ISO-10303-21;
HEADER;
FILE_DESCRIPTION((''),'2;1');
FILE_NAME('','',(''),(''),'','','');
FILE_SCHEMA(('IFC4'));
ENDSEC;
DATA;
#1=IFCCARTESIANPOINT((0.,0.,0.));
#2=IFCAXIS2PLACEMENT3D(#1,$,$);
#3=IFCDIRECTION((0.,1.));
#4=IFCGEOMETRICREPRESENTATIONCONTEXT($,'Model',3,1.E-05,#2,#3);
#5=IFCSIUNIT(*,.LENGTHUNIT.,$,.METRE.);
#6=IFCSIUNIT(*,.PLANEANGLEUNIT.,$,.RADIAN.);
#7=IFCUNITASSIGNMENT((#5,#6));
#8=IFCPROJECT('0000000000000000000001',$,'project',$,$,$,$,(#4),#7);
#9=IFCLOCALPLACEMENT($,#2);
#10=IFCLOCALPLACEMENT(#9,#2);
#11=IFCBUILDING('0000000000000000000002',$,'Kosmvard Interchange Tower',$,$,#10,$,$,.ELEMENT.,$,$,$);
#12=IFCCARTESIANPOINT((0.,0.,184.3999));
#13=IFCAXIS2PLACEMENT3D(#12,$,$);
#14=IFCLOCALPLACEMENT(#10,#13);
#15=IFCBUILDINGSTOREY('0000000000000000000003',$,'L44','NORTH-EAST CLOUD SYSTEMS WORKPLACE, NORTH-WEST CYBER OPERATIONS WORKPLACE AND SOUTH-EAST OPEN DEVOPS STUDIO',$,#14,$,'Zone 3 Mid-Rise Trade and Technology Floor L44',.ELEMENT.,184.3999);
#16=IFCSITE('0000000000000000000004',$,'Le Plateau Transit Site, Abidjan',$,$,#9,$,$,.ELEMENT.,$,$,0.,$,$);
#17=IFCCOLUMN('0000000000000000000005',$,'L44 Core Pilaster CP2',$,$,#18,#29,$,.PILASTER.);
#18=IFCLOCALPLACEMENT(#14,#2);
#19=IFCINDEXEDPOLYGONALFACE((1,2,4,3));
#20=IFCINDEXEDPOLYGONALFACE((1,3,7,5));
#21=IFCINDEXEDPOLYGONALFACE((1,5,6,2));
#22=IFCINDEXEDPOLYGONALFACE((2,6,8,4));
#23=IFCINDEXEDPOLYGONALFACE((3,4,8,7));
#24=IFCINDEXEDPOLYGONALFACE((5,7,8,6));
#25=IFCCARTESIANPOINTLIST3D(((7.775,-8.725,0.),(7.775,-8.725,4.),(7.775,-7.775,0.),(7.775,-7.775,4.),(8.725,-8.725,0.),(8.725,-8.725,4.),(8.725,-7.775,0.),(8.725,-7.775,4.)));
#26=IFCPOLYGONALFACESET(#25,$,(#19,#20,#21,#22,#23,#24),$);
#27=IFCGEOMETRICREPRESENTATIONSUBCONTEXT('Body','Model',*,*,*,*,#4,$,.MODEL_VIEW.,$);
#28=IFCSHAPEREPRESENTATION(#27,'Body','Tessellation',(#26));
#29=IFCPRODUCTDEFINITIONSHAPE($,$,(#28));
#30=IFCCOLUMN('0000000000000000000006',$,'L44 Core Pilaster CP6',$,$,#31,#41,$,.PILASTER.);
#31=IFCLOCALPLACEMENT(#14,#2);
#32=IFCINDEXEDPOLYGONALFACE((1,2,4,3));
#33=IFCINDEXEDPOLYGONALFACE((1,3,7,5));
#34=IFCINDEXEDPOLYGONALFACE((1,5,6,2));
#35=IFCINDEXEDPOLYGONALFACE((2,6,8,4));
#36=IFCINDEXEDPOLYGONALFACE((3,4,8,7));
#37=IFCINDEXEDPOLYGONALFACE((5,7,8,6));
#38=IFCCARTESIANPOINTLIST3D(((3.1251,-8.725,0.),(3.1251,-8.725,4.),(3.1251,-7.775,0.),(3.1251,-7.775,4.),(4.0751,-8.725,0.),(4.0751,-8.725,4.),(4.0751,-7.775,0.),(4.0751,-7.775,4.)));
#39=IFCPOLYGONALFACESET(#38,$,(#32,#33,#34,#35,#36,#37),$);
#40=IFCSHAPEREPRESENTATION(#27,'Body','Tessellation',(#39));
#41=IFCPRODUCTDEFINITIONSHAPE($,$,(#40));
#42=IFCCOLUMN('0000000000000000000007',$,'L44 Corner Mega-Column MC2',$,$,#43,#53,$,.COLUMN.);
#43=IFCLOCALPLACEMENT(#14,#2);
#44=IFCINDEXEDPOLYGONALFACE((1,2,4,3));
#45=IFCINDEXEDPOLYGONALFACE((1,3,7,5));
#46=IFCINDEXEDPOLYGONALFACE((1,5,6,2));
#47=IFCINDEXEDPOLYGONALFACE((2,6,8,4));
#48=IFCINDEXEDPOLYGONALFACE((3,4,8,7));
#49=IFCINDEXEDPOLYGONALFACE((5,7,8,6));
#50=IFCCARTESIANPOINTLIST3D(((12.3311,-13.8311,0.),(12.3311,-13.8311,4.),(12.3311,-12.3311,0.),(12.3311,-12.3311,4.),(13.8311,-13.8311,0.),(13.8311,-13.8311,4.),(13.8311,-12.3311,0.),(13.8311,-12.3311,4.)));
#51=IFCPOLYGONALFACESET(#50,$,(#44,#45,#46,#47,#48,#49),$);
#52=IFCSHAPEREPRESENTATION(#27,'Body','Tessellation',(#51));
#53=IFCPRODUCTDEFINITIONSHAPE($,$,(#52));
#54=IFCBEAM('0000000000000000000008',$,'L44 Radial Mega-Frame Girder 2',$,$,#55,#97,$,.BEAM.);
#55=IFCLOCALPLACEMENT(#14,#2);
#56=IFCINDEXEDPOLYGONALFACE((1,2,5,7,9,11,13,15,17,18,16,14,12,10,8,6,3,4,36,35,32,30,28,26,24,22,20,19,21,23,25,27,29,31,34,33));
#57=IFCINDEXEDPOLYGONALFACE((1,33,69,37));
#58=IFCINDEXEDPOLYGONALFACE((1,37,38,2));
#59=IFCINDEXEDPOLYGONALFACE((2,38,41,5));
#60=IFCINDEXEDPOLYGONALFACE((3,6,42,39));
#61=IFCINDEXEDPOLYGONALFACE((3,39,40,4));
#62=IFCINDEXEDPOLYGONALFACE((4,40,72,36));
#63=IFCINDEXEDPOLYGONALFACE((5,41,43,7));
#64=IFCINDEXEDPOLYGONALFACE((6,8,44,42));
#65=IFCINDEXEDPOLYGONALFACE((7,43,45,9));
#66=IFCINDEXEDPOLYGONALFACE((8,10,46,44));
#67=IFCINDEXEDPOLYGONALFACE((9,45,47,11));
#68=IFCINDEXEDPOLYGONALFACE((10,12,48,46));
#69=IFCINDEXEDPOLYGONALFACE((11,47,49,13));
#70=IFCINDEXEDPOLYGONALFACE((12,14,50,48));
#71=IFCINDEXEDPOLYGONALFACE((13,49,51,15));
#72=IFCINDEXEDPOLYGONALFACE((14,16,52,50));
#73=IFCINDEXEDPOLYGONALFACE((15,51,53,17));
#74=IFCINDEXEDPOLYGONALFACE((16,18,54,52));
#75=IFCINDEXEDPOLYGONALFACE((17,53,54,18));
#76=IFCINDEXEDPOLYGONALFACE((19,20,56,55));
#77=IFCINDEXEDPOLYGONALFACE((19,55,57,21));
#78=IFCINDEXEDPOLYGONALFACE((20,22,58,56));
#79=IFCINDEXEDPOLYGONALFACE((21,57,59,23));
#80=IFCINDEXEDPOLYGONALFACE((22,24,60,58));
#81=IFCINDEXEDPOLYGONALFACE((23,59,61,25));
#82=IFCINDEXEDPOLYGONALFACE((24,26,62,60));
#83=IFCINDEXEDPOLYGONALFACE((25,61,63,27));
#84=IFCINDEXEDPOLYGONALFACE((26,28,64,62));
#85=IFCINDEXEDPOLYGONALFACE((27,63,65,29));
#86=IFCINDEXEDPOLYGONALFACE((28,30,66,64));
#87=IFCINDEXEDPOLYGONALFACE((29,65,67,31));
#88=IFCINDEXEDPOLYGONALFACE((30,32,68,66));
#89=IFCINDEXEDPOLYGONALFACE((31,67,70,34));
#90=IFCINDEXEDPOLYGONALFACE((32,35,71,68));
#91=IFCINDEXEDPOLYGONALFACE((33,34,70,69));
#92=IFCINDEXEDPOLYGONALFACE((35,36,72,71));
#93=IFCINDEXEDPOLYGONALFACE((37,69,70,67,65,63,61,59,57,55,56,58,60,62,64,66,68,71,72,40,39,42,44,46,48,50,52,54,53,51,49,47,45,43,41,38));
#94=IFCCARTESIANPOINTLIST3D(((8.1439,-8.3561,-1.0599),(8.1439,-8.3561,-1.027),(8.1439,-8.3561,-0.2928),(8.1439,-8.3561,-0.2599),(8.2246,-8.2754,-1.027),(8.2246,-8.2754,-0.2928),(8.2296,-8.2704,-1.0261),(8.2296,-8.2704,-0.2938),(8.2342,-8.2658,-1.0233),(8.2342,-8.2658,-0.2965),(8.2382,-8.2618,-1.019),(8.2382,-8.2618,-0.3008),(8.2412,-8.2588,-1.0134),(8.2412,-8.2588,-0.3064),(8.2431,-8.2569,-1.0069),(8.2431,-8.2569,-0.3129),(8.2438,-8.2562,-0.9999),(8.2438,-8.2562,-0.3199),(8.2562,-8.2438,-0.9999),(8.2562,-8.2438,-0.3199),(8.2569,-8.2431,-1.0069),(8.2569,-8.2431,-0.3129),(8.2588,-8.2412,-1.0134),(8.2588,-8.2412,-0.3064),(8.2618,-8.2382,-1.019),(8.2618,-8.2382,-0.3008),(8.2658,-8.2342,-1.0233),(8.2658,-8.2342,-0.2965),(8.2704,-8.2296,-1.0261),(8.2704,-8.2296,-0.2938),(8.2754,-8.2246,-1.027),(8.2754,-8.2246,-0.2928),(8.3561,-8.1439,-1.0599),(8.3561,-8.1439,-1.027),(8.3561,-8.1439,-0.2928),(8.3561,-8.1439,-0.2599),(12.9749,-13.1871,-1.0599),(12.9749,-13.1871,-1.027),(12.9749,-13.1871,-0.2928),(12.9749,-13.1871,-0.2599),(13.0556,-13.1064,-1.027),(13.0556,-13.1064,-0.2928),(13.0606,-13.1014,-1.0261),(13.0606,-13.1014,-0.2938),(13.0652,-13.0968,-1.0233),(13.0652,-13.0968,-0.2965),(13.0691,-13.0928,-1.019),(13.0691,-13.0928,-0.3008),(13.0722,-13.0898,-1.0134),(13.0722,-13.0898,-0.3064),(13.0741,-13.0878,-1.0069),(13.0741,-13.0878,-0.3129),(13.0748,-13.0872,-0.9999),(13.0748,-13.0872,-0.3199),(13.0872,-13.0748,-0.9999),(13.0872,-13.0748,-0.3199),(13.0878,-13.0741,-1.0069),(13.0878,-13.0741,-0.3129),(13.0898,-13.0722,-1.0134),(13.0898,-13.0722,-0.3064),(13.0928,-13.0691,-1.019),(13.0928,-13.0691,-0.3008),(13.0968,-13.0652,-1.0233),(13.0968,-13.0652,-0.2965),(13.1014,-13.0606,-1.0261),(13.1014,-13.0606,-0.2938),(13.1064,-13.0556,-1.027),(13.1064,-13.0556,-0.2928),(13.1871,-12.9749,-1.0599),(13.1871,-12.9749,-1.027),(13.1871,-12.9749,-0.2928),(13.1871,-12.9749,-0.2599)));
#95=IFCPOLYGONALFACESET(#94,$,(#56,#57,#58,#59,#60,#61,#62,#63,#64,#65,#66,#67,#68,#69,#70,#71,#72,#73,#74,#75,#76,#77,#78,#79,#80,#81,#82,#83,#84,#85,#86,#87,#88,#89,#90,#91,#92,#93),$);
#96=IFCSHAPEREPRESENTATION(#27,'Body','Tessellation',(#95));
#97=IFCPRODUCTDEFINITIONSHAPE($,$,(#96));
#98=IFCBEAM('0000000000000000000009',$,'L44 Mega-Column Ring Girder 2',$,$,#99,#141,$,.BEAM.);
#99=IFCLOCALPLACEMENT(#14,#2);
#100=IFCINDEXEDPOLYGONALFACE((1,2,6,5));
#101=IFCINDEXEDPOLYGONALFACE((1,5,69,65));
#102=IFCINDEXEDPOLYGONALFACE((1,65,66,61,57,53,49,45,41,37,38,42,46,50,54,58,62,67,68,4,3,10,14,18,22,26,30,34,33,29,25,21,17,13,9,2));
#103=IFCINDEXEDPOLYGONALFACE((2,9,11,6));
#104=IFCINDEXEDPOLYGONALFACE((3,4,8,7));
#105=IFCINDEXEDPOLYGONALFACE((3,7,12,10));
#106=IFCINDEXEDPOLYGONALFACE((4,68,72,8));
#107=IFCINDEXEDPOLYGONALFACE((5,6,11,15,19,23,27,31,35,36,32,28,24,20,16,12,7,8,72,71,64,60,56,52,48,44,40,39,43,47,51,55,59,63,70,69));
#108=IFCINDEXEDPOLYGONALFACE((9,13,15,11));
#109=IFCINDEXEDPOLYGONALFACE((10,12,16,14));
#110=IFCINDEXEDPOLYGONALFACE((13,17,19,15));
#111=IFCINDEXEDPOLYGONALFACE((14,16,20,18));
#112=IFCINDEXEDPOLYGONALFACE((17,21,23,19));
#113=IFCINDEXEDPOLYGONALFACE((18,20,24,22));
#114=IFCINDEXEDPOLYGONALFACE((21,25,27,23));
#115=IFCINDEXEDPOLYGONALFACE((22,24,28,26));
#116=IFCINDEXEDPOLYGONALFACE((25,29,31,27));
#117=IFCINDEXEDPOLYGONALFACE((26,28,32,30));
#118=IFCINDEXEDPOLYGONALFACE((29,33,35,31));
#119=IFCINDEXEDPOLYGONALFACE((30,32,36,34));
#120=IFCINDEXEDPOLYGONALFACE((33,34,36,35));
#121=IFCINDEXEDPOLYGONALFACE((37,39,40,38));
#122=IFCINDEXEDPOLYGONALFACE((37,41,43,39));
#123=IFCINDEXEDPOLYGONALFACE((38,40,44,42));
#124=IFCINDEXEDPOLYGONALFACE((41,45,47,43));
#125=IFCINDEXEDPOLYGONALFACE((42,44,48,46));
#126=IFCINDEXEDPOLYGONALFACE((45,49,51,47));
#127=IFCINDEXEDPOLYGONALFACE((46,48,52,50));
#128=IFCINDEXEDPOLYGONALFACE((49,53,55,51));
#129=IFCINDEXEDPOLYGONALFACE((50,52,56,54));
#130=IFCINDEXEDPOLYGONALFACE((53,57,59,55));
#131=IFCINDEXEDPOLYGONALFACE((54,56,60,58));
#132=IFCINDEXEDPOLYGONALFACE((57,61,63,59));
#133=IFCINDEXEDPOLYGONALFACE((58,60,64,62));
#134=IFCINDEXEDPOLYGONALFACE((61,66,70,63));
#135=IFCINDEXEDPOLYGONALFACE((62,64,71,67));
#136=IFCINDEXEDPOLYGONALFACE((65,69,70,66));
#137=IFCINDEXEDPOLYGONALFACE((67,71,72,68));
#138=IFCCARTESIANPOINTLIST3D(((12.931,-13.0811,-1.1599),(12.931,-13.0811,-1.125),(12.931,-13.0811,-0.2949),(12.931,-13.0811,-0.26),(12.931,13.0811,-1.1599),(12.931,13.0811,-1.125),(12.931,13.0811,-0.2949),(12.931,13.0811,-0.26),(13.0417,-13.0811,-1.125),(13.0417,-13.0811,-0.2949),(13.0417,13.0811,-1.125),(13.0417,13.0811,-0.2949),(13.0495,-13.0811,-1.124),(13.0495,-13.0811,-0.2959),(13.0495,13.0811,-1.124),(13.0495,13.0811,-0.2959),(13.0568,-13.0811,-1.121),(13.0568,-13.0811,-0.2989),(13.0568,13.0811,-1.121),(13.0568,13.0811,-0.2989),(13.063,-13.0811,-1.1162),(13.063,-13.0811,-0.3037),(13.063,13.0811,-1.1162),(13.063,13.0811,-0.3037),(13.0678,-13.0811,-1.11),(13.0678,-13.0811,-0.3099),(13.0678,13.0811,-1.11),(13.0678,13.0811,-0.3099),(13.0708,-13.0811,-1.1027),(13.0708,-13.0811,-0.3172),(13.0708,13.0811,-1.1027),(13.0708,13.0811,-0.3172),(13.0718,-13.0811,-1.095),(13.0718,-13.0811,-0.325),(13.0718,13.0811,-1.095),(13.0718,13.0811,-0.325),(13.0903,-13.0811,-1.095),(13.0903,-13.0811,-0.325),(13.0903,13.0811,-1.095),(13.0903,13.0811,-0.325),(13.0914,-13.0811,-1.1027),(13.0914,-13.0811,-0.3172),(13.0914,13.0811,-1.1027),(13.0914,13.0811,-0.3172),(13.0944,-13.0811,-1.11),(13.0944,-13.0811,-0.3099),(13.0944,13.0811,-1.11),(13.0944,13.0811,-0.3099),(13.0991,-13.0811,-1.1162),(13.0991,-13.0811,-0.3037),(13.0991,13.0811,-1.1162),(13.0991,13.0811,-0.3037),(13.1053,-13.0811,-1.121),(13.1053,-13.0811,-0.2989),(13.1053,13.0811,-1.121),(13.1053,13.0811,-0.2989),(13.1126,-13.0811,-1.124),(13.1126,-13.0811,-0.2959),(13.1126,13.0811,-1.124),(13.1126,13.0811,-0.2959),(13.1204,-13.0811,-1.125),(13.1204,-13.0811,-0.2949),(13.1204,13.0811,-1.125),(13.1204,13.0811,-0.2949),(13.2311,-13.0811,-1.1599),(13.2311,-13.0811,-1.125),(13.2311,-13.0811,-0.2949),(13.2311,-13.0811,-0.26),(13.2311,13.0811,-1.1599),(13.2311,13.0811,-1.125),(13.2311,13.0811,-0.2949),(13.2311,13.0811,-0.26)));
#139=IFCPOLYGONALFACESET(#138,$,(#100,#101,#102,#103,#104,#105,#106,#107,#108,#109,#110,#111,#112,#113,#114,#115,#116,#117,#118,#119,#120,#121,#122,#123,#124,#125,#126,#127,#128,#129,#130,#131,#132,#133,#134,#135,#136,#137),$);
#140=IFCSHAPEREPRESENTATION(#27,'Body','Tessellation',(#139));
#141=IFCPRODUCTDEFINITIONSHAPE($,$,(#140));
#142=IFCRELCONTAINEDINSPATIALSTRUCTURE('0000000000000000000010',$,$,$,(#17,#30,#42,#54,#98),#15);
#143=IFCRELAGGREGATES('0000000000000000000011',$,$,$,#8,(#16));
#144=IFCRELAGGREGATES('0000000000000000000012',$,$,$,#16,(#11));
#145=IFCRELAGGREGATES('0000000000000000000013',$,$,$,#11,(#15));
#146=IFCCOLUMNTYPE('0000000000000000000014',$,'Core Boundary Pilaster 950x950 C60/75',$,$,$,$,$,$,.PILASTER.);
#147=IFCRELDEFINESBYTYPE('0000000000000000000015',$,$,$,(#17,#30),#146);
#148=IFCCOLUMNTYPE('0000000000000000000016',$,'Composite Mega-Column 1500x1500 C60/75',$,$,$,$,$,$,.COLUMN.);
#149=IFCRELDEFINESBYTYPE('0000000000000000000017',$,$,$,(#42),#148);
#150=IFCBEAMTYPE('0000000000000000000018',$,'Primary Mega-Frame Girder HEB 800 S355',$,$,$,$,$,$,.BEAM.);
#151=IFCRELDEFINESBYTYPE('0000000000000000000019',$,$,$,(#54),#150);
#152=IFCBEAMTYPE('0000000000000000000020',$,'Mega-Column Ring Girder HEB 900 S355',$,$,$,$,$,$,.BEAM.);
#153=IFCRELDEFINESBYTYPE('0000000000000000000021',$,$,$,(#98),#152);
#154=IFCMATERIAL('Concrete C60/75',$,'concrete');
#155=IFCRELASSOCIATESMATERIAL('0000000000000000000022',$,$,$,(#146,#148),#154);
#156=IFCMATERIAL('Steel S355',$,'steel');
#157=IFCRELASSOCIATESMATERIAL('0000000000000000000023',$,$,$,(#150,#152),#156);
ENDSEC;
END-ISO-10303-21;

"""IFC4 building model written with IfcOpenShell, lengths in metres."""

from ifc_helpers import new_model, si_unit, direction, frame, origin, origin_2d, place, context, subcontext, project, spatial, rectangle, i_section, extrude, source, transform, mapped, material, material_profile, profile_set, type_object, element, save


model = new_model("IFC4")

# Units and contexts
model_context = context("Model", 3, precision=1e-05, world=origin(), true_north=direction((0.0, 1.0)))
body_context = subcontext(model_context, "Body", "Model", "MODEL_VIEW")
ifc_project = project(units=[si_unit("LENGTHUNIT", "METRE"), si_unit("PLANEANGLEUNIT", "RADIAN")], contexts=[model_context])

# Site, building, storey
site_placement = place(None, origin())
site = spatial("IfcSite", under=ifc_project, at=site_placement, Name="Le Plateau Transit Site, Abidjan", CompositionType="ELEMENT", RefElevation=0.0)
building_placement = place(site_placement, origin())
building = spatial("IfcBuilding", under=site, at=building_placement, Name="Kosmvard Interchange Tower", CompositionType="ELEMENT")
storey_placement = place(building_placement, frame((0.0, 0.0, 184.3999)))
storey = spatial("IfcBuildingStorey", under=building, at=storey_placement, Name="L44", Description="NORTH-EAST CLOUD SYSTEMS WORKPLACE, NORTH-WEST CYBER OPERATIONS WORKPLACE AND SOUTH-EAST OPEN DEVOPS STUDIO", LongName="Zone 3 Mid-Rise Trade and Technology Floor L44", CompositionType="ELEMENT", Elevation=184.3999)

# Columns
ifc_material_1 = material(Name="Concrete C60/75", Category="concrete")
ifc_material_profile_1 = material_profile(ifc_material_1, rectangle(XDim=0.95, YDim=0.95, at=origin_2d()), Name="CP 950x950")
ifc_profile_set_1 = profile_set([ifc_material_profile_1], Name="Concrete C60/75")
column_type_1 = type_object("IfcColumnType", Name="Core Boundary Pilaster 950x950 C60/75", PredefinedType="PILASTER", material=ifc_profile_set_1)
shared_shape_1 = source(origin(), body_context, "Body", "SweptSolid", [
    extrude(rectangle(XDim=0.95, YDim=0.95, at=origin_2d()), origin(), (0.0, 0.0, 1.0), 4.0),
])
for number, where, z_axis, x_axis, name in (
    (1, (8.25, -8.25, 0.0), (0.0, 0.0, 1.0), (1.0, 0.0, 0.0), "L44 Core Pilaster CP2"),
    (2, (3.6001, -8.25, 0.0), (0.0, 0.0, 1.0), (1.0, 0.0, 0.0), "L44 Core Pilaster CP6"),
):
    element("IfcColumn", number, at=place(storey_placement, frame(where, z_axis=z_axis, x_axis=x_axis)), inside=storey, type_object=column_type_1, Name=name, PredefinedType="PILASTER", context=body_context, shape_type="MappedRepresentation", body=[
        mapped(shared_shape_1, transform((0.0, 0.0, 0.0), scale=1.0)),
    ])
ifc_material_profile_2 = material_profile(ifc_material_1, rectangle(XDim=1.5, YDim=1.5, at=origin_2d()), Name="MC 1500x1500")
ifc_profile_set_2 = profile_set([ifc_material_profile_2], Name="Concrete C60/75")
column_type_2 = type_object("IfcColumnType", Name="Composite Mega-Column 1500x1500 C60/75", PredefinedType="COLUMN", material=ifc_profile_set_2)
shared_shape_2 = source(origin(), body_context, "Body", "SweptSolid", [
    extrude(rectangle(XDim=1.5, YDim=1.5, at=origin_2d()), origin(), (0.0, 0.0, 1.0), 4.0),
])
column_placement = place(storey_placement, frame((13.0811, -13.0811, 0.0), z_axis=(0.0, 0.0, 1.0), x_axis=(1.0, 0.0, 0.0)))
element("IfcColumn", 3, at=column_placement, inside=storey, type_object=column_type_2, Name="L44 Corner Mega-Column MC2", PredefinedType="COLUMN", context=body_context, shape_type="MappedRepresentation", body=[
    mapped(shared_shape_2, transform((0.0, 0.0, 0.0), scale=1.0)),
])

# Beams
ifc_material_2 = material(Name="Steel S355", Category="steel")
ifc_material_profile_3 = material_profile(ifc_material_2, i_section(OverallWidth=0.3, OverallDepth=0.8, WebThickness=0.0176, FlangeThickness=0.033, FilletRadius=0.0271, at=origin_2d()), Name="HEB 800")
ifc_profile_set_3 = profile_set([ifc_material_profile_3], Name="Steel S355")
beam_type_1 = type_object("IfcBeamType", Name="Primary Mega-Frame Girder HEB 800 S355", PredefinedType="BEAM", material=ifc_profile_set_3)
shared_shape_3 = source(origin(), body_context, "Body", "SweptSolid", [
    extrude(i_section(OverallWidth=0.3, OverallDepth=0.8, WebThickness=0.0176, FlangeThickness=0.033, FilletRadius=0.0271, at=origin_2d()), origin(), (0.0, 0.0, 1.0), 6.832),
])
beam_1_placement = place(storey_placement, frame((8.25, -8.25, -0.6599), z_axis=(0.707107, -0.707107, 0.0), x_axis=(0.707107, 0.707107, 0.0)))
element("IfcBeam", 4, at=beam_1_placement, inside=storey, type_object=beam_type_1, Name="L44 Radial Mega-Frame Girder 2", PredefinedType="BEAM", context=body_context, shape_type="MappedRepresentation", body=[
    mapped(shared_shape_3, transform((0.0, 0.0, 0.0), scale=1.0)),
])
ifc_material_profile_4 = material_profile(ifc_material_2, i_section(OverallWidth=0.3, OverallDepth=0.8999, WebThickness=0.0186, FlangeThickness=0.0349, FilletRadius=0.03, at=origin_2d()), Name="HEB 900")
ifc_profile_set_4 = profile_set([ifc_material_profile_4], Name="Steel S355")
beam_type_2 = type_object("IfcBeamType", Name="Mega-Column Ring Girder HEB 900 S355", PredefinedType="BEAM", material=ifc_profile_set_4)
shared_shape_4 = source(origin(), body_context, "Body", "SweptSolid", [
    extrude(i_section(OverallWidth=0.3, OverallDepth=0.8999, WebThickness=0.0186, FlangeThickness=0.0349, FilletRadius=0.03, at=origin_2d()), origin(), (0.0, 0.0, 1.0), 26.1621),
])
beam_2_placement = place(storey_placement, frame((13.0811, -13.0811, -0.71), z_axis=(0.0, 1.0, 0.0), x_axis=(-1.0, 0.0, 0.0)))
element("IfcBeam", 5, at=beam_2_placement, inside=storey, type_object=beam_type_2, Name="L44 Mega-Column Ring Girder 2", PredefinedType="BEAM", context=body_context, shape_type="MappedRepresentation", body=[
    mapped(shared_shape_4, transform((0.0, 0.0, 0.0), scale=1.0)),
])

save(model, "model.ifc")
